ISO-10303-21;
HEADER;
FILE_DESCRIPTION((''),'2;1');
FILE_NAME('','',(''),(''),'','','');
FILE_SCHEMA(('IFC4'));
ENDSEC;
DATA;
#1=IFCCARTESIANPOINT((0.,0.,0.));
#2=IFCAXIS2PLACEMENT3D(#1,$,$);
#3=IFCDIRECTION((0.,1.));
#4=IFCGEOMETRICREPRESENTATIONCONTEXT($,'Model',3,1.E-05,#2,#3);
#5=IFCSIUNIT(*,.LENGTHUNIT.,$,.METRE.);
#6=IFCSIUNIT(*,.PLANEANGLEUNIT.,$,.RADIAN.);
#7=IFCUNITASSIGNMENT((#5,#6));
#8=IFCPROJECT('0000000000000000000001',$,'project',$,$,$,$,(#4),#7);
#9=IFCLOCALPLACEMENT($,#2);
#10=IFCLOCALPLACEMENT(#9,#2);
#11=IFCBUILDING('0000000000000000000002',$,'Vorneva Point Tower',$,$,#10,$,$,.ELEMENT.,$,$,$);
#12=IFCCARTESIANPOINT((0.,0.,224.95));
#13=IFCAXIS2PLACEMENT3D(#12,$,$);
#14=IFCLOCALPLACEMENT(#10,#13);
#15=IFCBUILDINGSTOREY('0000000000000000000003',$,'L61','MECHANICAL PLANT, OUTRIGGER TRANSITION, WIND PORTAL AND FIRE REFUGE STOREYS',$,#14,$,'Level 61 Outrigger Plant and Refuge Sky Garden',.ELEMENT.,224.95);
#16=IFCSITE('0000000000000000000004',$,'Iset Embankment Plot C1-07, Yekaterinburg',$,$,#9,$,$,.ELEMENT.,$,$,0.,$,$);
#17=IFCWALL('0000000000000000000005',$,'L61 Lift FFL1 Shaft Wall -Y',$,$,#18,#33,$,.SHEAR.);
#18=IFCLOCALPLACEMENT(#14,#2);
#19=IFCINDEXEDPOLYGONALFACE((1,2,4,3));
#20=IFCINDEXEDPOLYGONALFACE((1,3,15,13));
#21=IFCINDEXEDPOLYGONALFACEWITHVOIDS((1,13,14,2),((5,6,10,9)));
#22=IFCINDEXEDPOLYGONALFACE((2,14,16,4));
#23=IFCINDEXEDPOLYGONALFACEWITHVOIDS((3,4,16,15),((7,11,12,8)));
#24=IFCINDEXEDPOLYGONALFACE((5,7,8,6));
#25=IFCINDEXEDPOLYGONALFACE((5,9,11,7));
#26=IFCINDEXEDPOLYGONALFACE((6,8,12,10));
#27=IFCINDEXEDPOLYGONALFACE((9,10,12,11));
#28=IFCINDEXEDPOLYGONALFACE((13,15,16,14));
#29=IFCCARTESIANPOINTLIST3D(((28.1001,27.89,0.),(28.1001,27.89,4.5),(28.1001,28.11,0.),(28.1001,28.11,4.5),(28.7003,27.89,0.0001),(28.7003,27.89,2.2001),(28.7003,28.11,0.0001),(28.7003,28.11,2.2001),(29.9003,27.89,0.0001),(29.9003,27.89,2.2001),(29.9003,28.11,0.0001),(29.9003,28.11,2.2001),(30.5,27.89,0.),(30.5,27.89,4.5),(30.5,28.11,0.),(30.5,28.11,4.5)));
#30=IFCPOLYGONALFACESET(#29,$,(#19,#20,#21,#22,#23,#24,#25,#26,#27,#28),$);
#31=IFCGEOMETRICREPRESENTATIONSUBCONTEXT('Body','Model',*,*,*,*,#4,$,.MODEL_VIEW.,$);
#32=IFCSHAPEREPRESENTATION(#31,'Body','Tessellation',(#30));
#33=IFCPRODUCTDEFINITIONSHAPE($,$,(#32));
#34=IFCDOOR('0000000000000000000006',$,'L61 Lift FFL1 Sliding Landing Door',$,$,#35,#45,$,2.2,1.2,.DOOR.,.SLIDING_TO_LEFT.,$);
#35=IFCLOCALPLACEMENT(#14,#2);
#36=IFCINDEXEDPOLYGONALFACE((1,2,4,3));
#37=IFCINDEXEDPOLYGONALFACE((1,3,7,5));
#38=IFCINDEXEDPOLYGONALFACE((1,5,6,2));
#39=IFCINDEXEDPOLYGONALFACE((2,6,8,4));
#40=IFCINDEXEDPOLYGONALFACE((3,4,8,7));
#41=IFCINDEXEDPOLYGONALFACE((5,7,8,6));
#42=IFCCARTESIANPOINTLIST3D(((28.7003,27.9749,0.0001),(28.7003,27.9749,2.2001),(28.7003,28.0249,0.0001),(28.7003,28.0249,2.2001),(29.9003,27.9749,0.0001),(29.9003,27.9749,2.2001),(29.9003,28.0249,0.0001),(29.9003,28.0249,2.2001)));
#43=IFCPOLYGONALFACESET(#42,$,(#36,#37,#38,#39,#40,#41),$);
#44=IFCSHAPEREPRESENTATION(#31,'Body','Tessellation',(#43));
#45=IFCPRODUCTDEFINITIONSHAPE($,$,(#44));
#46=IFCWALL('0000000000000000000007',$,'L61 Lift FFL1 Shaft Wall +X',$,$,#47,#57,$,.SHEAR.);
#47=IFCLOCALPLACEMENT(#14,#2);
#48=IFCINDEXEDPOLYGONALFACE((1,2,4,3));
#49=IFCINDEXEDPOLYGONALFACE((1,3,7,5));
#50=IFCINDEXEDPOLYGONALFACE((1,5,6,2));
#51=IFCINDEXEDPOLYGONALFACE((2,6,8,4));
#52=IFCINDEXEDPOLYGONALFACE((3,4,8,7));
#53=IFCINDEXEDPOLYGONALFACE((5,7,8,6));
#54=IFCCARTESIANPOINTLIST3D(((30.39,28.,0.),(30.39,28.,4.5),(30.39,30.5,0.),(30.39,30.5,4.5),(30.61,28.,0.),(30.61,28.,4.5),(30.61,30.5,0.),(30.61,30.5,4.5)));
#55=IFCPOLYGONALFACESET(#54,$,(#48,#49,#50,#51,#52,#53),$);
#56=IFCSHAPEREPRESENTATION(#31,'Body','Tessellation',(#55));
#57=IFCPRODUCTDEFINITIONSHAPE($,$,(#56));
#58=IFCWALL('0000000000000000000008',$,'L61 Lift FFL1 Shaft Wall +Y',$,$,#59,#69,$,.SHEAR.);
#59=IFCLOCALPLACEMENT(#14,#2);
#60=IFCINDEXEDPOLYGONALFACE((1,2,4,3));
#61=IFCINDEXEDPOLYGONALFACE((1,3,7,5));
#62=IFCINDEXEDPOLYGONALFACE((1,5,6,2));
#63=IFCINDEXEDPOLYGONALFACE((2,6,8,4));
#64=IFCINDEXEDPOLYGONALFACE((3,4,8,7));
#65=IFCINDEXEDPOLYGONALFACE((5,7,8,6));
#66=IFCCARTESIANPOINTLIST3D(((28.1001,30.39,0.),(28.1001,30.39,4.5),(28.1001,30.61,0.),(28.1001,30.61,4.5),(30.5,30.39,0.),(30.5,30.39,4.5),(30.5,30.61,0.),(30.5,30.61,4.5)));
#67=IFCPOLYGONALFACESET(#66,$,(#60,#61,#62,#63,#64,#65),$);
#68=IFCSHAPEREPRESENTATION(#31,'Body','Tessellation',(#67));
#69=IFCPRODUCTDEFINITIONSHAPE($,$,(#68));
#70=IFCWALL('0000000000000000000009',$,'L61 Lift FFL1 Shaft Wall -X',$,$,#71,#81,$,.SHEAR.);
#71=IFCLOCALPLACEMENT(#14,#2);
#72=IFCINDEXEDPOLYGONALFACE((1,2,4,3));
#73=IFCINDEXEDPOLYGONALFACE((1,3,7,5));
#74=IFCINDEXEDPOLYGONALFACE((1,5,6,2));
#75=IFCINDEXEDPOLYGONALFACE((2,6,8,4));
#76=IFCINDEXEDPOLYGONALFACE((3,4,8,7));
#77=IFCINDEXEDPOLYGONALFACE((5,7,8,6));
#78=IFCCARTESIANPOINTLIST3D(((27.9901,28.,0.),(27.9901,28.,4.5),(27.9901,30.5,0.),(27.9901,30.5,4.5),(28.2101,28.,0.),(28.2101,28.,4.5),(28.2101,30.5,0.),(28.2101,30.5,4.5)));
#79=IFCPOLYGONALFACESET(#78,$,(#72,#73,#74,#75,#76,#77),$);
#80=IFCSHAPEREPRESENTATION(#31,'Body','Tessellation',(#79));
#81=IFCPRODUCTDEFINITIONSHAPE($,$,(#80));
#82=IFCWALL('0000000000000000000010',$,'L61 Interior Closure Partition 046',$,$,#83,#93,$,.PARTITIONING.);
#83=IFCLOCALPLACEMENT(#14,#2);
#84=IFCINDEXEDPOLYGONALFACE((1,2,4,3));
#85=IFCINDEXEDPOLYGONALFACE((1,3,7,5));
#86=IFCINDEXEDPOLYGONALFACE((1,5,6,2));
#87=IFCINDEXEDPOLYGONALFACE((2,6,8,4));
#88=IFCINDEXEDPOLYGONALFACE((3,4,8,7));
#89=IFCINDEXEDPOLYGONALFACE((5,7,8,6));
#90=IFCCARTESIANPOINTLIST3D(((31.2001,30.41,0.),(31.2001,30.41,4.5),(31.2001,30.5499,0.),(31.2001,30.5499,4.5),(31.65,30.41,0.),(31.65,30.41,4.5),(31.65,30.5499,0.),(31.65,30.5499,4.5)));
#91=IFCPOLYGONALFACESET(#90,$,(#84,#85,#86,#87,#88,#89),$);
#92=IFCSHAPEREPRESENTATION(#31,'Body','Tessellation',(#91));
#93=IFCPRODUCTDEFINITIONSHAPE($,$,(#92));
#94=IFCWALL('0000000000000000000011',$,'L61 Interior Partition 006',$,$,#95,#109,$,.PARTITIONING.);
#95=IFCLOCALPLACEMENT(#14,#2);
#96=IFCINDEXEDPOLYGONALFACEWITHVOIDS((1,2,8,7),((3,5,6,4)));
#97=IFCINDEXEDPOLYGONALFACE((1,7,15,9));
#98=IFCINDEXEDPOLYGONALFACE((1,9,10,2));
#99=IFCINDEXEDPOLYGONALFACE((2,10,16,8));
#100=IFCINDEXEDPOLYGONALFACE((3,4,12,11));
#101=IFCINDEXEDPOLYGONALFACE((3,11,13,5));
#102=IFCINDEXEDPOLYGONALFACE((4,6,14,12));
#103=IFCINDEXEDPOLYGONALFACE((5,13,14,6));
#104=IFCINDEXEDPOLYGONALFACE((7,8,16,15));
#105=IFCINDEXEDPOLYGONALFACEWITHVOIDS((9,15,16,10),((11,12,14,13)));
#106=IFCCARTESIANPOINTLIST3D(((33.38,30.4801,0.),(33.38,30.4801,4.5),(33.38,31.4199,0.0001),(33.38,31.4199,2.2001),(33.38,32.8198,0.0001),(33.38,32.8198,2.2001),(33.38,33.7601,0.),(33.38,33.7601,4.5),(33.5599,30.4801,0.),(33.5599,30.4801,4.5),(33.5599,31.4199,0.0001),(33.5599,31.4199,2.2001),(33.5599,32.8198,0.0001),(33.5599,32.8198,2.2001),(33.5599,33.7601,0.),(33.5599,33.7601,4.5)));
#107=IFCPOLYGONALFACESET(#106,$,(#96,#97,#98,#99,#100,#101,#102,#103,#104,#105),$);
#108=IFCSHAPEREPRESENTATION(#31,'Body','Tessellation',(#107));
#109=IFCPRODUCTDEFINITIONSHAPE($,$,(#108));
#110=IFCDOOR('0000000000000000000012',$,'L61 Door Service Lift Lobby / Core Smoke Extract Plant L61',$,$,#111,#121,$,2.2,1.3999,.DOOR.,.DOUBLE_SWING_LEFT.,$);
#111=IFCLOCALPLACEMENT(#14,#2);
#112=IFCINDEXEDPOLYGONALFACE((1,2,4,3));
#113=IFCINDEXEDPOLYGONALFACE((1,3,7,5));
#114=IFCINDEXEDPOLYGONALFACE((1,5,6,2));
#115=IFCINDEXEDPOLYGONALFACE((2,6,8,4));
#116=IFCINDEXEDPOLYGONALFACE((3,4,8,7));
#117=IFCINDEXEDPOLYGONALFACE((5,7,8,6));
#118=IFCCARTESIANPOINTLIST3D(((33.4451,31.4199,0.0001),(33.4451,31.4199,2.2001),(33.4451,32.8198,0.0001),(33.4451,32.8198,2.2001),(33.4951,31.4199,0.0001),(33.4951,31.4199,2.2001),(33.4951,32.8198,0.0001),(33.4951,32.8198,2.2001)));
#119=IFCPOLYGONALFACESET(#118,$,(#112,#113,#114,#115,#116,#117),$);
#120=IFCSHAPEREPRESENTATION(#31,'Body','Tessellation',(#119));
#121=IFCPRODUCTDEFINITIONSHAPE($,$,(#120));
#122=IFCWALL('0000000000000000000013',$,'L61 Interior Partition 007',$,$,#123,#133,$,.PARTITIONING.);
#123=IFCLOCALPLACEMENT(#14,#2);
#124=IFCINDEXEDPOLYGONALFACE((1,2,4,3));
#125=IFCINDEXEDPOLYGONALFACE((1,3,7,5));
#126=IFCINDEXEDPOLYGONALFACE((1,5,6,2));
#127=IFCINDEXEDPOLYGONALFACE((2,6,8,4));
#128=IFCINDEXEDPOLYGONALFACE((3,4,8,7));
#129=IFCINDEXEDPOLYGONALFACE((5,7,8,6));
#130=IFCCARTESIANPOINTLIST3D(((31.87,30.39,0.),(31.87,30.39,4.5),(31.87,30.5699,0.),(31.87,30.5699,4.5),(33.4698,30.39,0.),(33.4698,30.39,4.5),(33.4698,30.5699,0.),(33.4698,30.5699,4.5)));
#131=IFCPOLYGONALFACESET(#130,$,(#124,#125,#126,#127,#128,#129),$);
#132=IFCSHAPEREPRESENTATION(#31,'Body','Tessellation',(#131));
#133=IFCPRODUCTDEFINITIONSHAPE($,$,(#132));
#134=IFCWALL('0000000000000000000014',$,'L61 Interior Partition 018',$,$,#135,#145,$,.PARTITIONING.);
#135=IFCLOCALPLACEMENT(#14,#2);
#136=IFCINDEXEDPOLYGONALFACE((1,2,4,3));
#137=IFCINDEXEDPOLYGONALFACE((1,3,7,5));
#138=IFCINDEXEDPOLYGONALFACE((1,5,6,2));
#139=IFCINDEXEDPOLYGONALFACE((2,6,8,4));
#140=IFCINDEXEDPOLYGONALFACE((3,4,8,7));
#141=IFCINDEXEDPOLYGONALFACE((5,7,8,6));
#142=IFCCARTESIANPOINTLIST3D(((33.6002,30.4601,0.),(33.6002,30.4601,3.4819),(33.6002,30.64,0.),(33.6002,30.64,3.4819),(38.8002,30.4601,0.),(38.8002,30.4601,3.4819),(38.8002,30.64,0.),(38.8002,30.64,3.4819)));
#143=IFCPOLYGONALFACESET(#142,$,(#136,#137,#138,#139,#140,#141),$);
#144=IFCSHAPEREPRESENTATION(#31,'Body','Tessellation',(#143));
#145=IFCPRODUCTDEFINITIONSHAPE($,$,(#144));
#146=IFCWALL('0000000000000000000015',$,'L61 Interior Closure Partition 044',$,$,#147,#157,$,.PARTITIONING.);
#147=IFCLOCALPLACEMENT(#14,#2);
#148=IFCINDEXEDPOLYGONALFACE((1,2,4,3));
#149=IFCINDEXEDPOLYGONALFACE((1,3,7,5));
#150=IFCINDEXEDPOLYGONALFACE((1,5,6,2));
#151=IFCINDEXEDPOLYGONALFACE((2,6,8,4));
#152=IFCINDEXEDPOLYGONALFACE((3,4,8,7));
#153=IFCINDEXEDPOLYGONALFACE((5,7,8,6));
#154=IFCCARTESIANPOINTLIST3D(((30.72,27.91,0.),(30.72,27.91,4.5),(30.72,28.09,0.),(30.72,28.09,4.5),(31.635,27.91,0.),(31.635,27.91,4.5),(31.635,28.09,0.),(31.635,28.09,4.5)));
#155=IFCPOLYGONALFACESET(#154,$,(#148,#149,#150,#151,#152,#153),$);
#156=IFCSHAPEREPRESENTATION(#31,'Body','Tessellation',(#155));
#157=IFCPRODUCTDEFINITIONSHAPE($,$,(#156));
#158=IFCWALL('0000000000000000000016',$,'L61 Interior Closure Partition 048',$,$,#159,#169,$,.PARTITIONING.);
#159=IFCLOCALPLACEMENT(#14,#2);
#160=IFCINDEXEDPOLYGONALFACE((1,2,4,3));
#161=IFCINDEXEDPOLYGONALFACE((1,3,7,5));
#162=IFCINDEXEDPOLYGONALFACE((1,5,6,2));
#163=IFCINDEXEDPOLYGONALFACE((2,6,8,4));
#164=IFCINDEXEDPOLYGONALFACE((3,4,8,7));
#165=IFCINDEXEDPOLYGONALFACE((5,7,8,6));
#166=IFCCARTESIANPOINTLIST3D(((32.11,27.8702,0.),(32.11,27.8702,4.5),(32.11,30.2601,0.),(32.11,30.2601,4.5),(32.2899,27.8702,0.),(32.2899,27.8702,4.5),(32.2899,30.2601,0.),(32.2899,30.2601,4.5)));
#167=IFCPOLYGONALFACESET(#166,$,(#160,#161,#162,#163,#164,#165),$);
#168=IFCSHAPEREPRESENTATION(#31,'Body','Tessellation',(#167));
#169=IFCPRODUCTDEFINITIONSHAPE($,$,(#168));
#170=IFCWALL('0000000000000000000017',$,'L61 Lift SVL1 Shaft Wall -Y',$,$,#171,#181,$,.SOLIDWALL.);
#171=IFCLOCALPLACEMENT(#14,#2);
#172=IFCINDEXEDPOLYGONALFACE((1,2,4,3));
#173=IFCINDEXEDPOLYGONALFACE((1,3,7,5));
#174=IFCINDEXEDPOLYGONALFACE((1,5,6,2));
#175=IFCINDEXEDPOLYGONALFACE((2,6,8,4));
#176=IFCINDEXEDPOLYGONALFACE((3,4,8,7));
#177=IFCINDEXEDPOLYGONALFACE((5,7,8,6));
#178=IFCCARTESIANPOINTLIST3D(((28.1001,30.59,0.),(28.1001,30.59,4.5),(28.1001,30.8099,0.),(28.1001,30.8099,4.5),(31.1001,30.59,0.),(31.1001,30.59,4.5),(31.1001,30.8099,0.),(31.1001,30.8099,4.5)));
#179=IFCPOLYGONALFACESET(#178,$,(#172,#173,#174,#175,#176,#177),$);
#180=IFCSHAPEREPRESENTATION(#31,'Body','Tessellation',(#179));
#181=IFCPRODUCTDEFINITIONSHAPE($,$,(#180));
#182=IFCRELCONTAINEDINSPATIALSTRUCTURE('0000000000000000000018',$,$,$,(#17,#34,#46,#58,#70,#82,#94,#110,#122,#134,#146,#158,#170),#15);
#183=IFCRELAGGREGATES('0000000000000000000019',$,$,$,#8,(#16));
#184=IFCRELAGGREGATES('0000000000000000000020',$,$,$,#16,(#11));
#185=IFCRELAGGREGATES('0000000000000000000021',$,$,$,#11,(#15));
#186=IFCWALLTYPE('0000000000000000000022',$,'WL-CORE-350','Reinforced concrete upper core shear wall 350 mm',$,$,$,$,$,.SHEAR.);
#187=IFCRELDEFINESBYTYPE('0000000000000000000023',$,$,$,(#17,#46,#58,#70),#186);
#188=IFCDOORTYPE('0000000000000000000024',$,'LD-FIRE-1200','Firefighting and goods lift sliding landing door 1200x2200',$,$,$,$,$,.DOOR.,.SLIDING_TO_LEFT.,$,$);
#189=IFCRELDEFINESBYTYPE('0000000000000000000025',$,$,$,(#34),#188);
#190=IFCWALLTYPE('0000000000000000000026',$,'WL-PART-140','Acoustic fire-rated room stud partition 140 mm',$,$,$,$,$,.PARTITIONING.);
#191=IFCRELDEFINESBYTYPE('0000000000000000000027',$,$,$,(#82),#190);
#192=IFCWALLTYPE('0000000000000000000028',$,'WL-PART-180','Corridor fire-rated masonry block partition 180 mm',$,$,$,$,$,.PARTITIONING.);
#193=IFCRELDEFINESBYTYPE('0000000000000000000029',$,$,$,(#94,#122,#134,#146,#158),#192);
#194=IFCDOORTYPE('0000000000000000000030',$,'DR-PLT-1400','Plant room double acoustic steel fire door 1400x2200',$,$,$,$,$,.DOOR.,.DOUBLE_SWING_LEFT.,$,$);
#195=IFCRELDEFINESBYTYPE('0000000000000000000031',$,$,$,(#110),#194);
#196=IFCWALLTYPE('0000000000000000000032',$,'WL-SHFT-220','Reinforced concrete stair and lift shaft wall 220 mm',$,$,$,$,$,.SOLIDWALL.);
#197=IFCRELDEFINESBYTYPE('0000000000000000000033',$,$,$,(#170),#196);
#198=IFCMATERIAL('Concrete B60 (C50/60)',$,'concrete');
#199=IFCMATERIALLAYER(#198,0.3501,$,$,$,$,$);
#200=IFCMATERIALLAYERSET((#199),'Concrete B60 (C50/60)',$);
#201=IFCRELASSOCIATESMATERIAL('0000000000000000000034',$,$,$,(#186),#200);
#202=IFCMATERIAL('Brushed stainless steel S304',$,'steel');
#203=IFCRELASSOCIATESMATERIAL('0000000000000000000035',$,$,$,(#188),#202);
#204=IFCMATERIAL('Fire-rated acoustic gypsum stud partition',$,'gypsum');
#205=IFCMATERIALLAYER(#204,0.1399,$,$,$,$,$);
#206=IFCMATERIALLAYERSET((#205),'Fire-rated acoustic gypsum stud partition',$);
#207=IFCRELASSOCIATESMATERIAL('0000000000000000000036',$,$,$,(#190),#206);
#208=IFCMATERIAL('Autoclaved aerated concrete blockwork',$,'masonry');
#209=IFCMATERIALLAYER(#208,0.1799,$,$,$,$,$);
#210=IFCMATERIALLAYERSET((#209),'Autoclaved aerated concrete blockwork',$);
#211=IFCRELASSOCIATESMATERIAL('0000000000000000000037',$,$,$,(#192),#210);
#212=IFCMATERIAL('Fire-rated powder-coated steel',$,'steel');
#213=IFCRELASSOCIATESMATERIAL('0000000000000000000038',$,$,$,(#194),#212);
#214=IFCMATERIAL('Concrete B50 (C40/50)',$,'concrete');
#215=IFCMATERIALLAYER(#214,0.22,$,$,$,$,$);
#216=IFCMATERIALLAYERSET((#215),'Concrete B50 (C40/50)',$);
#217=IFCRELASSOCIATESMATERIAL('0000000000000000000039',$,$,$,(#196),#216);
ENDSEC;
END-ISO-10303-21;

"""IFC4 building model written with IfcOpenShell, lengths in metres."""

from ifc_helpers import new_model, si_unit, direction, frame, frame_2d, origin, place, context, subcontext, project, spatial, rectangle, extrude, material, layer, layer_set, type_object, element, fill, save


model = new_model("IFC4")

# Units and contexts
model_context = context("Model", 3, precision=1e-05, world=origin(), true_north=direction((0.0, 1.0)))
body_context = subcontext(model_context, "Body", "Model", "MODEL_VIEW")
ifc_project = project(units=[si_unit("LENGTHUNIT", "METRE"), si_unit("PLANEANGLEUNIT", "RADIAN")], contexts=[model_context])

# Site, building, storey
site_placement = place(None, origin())
site = spatial("IfcSite", under=ifc_project, at=site_placement, Name="Iset Embankment Plot C1-07, Yekaterinburg", CompositionType="ELEMENT", RefElevation=0.0)
building_placement = place(site_placement, origin())
building = spatial("IfcBuilding", under=site, at=building_placement, Name="Vorneva Point Tower", CompositionType="ELEMENT")
storey_placement = place(building_placement, frame((0.0, 0.0, 224.95)))
storey = spatial("IfcBuildingStorey", under=building, at=storey_placement, Name="L61", Description="MECHANICAL PLANT, OUTRIGGER TRANSITION, WIND PORTAL AND FIRE REFUGE STOREYS", LongName="Level 61 Outrigger Plant and Refuge Sky Garden", CompositionType="ELEMENT", Elevation=224.95)

# Shared definitions
ifc_material_1 = material(Name="Concrete B50 (C40/50)", Category="concrete")

# Wall, opening, door
ifc_material_2 = material(Name="Concrete B60 (C50/60)", Category="concrete")
ifc_layer_1 = layer(ifc_material_2, 0.3501)
ifc_layer_set_1 = layer_set([ifc_layer_1], Name="Concrete B60 (C50/60)")
wall_type_1 = type_object("IfcWallType", Name="WL-CORE-350", Description="Reinforced concrete upper core shear wall 350 mm", PredefinedType="SHEAR", material=ifc_layer_set_1)
wall_1_placement = place(storey_placement, frame((28.1001, 28.0, 0.0), z_axis=(0.0, 0.0, 1.0), x_axis=(1.0, 0.0, 0.0)))
wall_1 = element("IfcWall", 1, at=wall_1_placement, inside=storey, type_object=wall_type_1, Name="L61 Lift FFL1 Shaft Wall -Y", PredefinedType="SHEAR", context=body_context, shape_type="SweptSolid", body=[
    extrude(rectangle(XDim=2.3999, YDim=0.22, at=frame_2d((1.2, 0.0))), origin(), (0.0, 0.0, 1.0), 4.5),
])
opening_1_placement = place(wall_1_placement, frame((0.6001, 0.0, 0.0)))
opening_1 = element("IfcOpeningElement", 2, at=opening_1_placement, cuts=wall_1, PredefinedType="OPENING", context=body_context, shape_type="SweptSolid", body=[
    extrude(rectangle(XDim=1.2, YDim=2.2, at=frame_2d((0.6001, 1.1001))), frame((0.0, 0.125, 0.0), z_axis=(0.0, -1.0, 0.0), x_axis=(1.0, 0.0, 0.0)), (0.0, 0.0, 1.0), 0.2498),
])
ifc_material_3 = material(Name="Brushed stainless steel S304", Category="steel")
door_type_1 = type_object("IfcDoorType", Name="LD-FIRE-1200", Description="Firefighting and goods lift sliding landing door 1200x2200", OperationType="SLIDING_TO_LEFT", PredefinedType="DOOR", material=ifc_material_3)
door_1_placement = place(opening_1_placement, origin())
door_1 = element("IfcDoor", 3, at=door_1_placement, inside=storey, type_object=door_type_1, Name="L61 Lift FFL1 Sliding Landing Door", OperationType="SLIDING_TO_LEFT", OverallHeight=2.2, OverallWidth=1.2, PredefinedType="DOOR", context=body_context, shape_type="SweptSolid", body=[
    extrude(rectangle(XDim=1.2, YDim=2.2, at=frame_2d((0.6001, 1.1001))), frame((0.0, 0.0249, 0.0), z_axis=(0.0, -1.0, 0.0), x_axis=(1.0, 0.0, 0.0)), (0.0, 0.0, 1.0), 0.05),
])
fill(opening_1, door_1)

# Walls
wall_2_placement = place(storey_placement, frame((30.5, 28.0, 0.0), z_axis=(0.0, 0.0, 1.0), x_axis=(0.0, 1.0, 0.0)))
element("IfcWall", 4, at=wall_2_placement, inside=storey, type_object=wall_type_1, Name="L61 Lift FFL1 Shaft Wall +X", PredefinedType="SHEAR", context=body_context, shape_type="SweptSolid", body=[
    extrude(rectangle(XDim=2.5, YDim=0.22, at=frame_2d((1.25, 0.0))), origin(), (0.0, 0.0, 1.0), 4.5),
])
wall_3_placement = place(storey_placement, frame((30.5, 30.5, 0.0), z_axis=(0.0, 0.0, 1.0), x_axis=(-1.0, 0.0, 0.0)))
element("IfcWall", 5, at=wall_3_placement, inside=storey, type_object=wall_type_1, Name="L61 Lift FFL1 Shaft Wall +Y", PredefinedType="SHEAR", context=body_context, shape_type="SweptSolid", body=[
    extrude(rectangle(XDim=2.3999, YDim=0.22, at=frame_2d((1.2, 0.0))), origin(), (0.0, 0.0, 1.0), 4.5),
])
wall_4_placement = place(storey_placement, frame((28.1001, 30.5, 0.0), z_axis=(0.0, 0.0, 1.0), x_axis=(0.0, -1.0, 0.0)))
element("IfcWall", 6, at=wall_4_placement, inside=storey, type_object=wall_type_1, Name="L61 Lift FFL1 Shaft Wall -X", PredefinedType="SHEAR", context=body_context, shape_type="SweptSolid", body=[
    extrude(rectangle(XDim=2.5, YDim=0.22, at=frame_2d((1.25, 0.0))), origin(), (0.0, 0.0, 1.0), 4.5),
])
ifc_material_4 = material(Name="Fire-rated acoustic gypsum stud partition", Category="gypsum")
ifc_layer_2 = layer(ifc_material_4, 0.1399)
ifc_layer_set_2 = layer_set([ifc_layer_2], Name="Fire-rated acoustic gypsum stud partition")
wall_type_2 = type_object("IfcWallType", Name="WL-PART-140", Description="Acoustic fire-rated room stud partition 140 mm", PredefinedType="PARTITIONING", material=ifc_layer_set_2)
wall_5_placement = place(storey_placement, frame((31.2, 30.48, 0.0), z_axis=(0.0, 0.0, 1.0), x_axis=(1.0, 0.0, 0.0)))
element("IfcWall", 7, at=wall_5_placement, inside=storey, type_object=wall_type_2, Name="L61 Interior Closure Partition 046", PredefinedType="PARTITIONING", context=body_context, shape_type="SweptSolid", body=[
    extrude(rectangle(XDim=0.45, YDim=0.1399, at=frame_2d((0.2251, 0.0))), origin(), (0.0, 0.0, 1.0), 4.5),
])

# Wall, opening, door
ifc_material_5 = material(Name="Autoclaved aerated concrete blockwork", Category="masonry")
ifc_layer_3 = layer(ifc_material_5, 0.1799)
ifc_layer_set_3 = layer_set([ifc_layer_3], Name="Autoclaved aerated concrete blockwork")
wall_type_3 = type_object("IfcWallType", Name="WL-PART-180", Description="Corridor fire-rated masonry block partition 180 mm", PredefinedType="PARTITIONING", material=ifc_layer_set_3)
ifc_material_6 = material(Name="Fire-rated powder-coated steel", Category="steel")
wall_6_placement = place(storey_placement, frame((33.47, 30.48, 0.0), z_axis=(0.0, 0.0, 1.0), x_axis=(0.0, 1.0, 0.0)))
wall_6 = element("IfcWall", 8, at=wall_6_placement, inside=storey, type_object=wall_type_3, Name="L61 Interior Partition 006", PredefinedType="PARTITIONING", context=body_context, shape_type="SweptSolid", body=[
    extrude(rectangle(XDim=3.28, YDim=0.1799, at=frame_2d((1.6401, 0.0))), origin(), (0.0, 0.0, 1.0), 4.5),
])
opening_2_placement = place(wall_6_placement, frame((0.9399, 0.0, 0.0)))
opening_2 = element("IfcOpeningElement", 9, at=opening_2_placement, cuts=wall_6, PredefinedType="OPENING", context=body_context, shape_type="SweptSolid", body=[
    extrude(rectangle(XDim=1.3999, YDim=2.2, at=frame_2d((0.7, 1.1001))), frame((0.0, 0.105, 0.0), z_axis=(0.0, -1.0, 0.0), x_axis=(1.0, 0.0, 0.0)), (0.0, 0.0, 1.0), 0.2097),
])
door_type_2 = type_object("IfcDoorType", Name="DR-PLT-1400", Description="Plant room double acoustic steel fire door 1400x2200", OperationType="DOUBLE_SWING_LEFT", PredefinedType="DOOR", material=ifc_material_6)
door_2_placement = place(opening_2_placement, origin())
door_2 = element("IfcDoor", 10, at=door_2_placement, inside=storey, type_object=door_type_2, Name="L61 Door Service Lift Lobby / Core Smoke Extract Plant L61", OperationType="DOUBLE_SWING_LEFT", OverallHeight=2.2, OverallWidth=1.3999, PredefinedType="DOOR", context=body_context, shape_type="SweptSolid", body=[
    extrude(rectangle(XDim=1.3999, YDim=2.2, at=frame_2d((0.7, 1.1001))), frame((0.0, 0.0249, 0.0), z_axis=(0.0, -1.0, 0.0), x_axis=(1.0, 0.0, 0.0)), (0.0, 0.0, 1.0), 0.05),
])
fill(opening_2, door_2)

# Walls
wall_7_placement = place(storey_placement, frame((31.8701, 30.48, 0.0), z_axis=(0.0, 0.0, 1.0), x_axis=(1.0, 0.0, 0.0)))
element("IfcWall", 11, at=wall_7_placement, inside=storey, type_object=wall_type_3, Name="L61 Interior Partition 007", PredefinedType="PARTITIONING", context=body_context, shape_type="SweptSolid", body=[
    extrude(rectangle(XDim=1.5999, YDim=0.1799, at=frame_2d((0.7998, 0.0))), origin(), (0.0, 0.0, 1.0), 4.5),
])
wall_8_placement = place(storey_placement, frame((33.6001, 30.55, 0.0), z_axis=(0.0, 0.0, 1.0), x_axis=(1.0, 0.0, 0.0)))
element("IfcWall", 12, at=wall_8_placement, inside=storey, type_object=wall_type_3, Name="L61 Interior Partition 018", PredefinedType="PARTITIONING", context=body_context, shape_type="SweptSolid", body=[
    extrude(rectangle(XDim=5.2, YDim=0.1799, at=frame_2d((2.6001, 0.0))), origin(), (0.0, 0.0, 1.0), 3.4819),
])
wall_9_placement = place(storey_placement, frame((31.635, 28.0, 0.0), z_axis=(0.0, 0.0, 1.0), x_axis=(-1.0, 0.0, 0.0)))
element("IfcWall", 13, at=wall_9_placement, inside=storey, type_object=wall_type_3, Name="L61 Interior Closure Partition 044", PredefinedType="PARTITIONING", context=body_context, shape_type="SweptSolid", body=[
    extrude(rectangle(XDim=0.915, YDim=0.1799, at=frame_2d((0.4575, 0.0))), origin(), (0.0, 0.0, 1.0), 4.5),
])
wall_10_placement = place(storey_placement, frame((32.2, 30.26, 0.0), z_axis=(0.0, 0.0, 1.0), x_axis=(0.0, -1.0, 0.0)))
element("IfcWall", 14, at=wall_10_placement, inside=storey, type_object=wall_type_3, Name="L61 Interior Closure Partition 048", PredefinedType="PARTITIONING", context=body_context, shape_type="SweptSolid", body=[
    extrude(rectangle(XDim=2.3899, YDim=0.1799, at=frame_2d((1.1948, 0.0))), origin(), (0.0, 0.0, 1.0), 4.5),
])
ifc_layer_4 = layer(ifc_material_1, 0.22)
ifc_layer_set_4 = layer_set([ifc_layer_4], Name="Concrete B50 (C40/50)")
wall_type_4 = type_object("IfcWallType", Name="WL-SHFT-220", Description="Reinforced concrete stair and lift shaft wall 220 mm", PredefinedType="SOLIDWALL", material=ifc_layer_set_4)
wall_11_placement = place(storey_placement, frame((28.1001, 30.7, 0.0), z_axis=(0.0, 0.0, 1.0), x_axis=(1.0, 0.0, 0.0)))
element("IfcWall", 15, at=wall_11_placement, inside=storey, type_object=wall_type_4, Name="L61 Lift SVL1 Shaft Wall -Y", PredefinedType="SOLIDWALL", context=body_context, shape_type="SweptSolid", body=[
    extrude(rectangle(XDim=3.0, YDim=0.22, at=frame_2d((1.5, 0.0))), origin(), (0.0, 0.0, 1.0), 4.5),
])

save(model, "model.ifc")
